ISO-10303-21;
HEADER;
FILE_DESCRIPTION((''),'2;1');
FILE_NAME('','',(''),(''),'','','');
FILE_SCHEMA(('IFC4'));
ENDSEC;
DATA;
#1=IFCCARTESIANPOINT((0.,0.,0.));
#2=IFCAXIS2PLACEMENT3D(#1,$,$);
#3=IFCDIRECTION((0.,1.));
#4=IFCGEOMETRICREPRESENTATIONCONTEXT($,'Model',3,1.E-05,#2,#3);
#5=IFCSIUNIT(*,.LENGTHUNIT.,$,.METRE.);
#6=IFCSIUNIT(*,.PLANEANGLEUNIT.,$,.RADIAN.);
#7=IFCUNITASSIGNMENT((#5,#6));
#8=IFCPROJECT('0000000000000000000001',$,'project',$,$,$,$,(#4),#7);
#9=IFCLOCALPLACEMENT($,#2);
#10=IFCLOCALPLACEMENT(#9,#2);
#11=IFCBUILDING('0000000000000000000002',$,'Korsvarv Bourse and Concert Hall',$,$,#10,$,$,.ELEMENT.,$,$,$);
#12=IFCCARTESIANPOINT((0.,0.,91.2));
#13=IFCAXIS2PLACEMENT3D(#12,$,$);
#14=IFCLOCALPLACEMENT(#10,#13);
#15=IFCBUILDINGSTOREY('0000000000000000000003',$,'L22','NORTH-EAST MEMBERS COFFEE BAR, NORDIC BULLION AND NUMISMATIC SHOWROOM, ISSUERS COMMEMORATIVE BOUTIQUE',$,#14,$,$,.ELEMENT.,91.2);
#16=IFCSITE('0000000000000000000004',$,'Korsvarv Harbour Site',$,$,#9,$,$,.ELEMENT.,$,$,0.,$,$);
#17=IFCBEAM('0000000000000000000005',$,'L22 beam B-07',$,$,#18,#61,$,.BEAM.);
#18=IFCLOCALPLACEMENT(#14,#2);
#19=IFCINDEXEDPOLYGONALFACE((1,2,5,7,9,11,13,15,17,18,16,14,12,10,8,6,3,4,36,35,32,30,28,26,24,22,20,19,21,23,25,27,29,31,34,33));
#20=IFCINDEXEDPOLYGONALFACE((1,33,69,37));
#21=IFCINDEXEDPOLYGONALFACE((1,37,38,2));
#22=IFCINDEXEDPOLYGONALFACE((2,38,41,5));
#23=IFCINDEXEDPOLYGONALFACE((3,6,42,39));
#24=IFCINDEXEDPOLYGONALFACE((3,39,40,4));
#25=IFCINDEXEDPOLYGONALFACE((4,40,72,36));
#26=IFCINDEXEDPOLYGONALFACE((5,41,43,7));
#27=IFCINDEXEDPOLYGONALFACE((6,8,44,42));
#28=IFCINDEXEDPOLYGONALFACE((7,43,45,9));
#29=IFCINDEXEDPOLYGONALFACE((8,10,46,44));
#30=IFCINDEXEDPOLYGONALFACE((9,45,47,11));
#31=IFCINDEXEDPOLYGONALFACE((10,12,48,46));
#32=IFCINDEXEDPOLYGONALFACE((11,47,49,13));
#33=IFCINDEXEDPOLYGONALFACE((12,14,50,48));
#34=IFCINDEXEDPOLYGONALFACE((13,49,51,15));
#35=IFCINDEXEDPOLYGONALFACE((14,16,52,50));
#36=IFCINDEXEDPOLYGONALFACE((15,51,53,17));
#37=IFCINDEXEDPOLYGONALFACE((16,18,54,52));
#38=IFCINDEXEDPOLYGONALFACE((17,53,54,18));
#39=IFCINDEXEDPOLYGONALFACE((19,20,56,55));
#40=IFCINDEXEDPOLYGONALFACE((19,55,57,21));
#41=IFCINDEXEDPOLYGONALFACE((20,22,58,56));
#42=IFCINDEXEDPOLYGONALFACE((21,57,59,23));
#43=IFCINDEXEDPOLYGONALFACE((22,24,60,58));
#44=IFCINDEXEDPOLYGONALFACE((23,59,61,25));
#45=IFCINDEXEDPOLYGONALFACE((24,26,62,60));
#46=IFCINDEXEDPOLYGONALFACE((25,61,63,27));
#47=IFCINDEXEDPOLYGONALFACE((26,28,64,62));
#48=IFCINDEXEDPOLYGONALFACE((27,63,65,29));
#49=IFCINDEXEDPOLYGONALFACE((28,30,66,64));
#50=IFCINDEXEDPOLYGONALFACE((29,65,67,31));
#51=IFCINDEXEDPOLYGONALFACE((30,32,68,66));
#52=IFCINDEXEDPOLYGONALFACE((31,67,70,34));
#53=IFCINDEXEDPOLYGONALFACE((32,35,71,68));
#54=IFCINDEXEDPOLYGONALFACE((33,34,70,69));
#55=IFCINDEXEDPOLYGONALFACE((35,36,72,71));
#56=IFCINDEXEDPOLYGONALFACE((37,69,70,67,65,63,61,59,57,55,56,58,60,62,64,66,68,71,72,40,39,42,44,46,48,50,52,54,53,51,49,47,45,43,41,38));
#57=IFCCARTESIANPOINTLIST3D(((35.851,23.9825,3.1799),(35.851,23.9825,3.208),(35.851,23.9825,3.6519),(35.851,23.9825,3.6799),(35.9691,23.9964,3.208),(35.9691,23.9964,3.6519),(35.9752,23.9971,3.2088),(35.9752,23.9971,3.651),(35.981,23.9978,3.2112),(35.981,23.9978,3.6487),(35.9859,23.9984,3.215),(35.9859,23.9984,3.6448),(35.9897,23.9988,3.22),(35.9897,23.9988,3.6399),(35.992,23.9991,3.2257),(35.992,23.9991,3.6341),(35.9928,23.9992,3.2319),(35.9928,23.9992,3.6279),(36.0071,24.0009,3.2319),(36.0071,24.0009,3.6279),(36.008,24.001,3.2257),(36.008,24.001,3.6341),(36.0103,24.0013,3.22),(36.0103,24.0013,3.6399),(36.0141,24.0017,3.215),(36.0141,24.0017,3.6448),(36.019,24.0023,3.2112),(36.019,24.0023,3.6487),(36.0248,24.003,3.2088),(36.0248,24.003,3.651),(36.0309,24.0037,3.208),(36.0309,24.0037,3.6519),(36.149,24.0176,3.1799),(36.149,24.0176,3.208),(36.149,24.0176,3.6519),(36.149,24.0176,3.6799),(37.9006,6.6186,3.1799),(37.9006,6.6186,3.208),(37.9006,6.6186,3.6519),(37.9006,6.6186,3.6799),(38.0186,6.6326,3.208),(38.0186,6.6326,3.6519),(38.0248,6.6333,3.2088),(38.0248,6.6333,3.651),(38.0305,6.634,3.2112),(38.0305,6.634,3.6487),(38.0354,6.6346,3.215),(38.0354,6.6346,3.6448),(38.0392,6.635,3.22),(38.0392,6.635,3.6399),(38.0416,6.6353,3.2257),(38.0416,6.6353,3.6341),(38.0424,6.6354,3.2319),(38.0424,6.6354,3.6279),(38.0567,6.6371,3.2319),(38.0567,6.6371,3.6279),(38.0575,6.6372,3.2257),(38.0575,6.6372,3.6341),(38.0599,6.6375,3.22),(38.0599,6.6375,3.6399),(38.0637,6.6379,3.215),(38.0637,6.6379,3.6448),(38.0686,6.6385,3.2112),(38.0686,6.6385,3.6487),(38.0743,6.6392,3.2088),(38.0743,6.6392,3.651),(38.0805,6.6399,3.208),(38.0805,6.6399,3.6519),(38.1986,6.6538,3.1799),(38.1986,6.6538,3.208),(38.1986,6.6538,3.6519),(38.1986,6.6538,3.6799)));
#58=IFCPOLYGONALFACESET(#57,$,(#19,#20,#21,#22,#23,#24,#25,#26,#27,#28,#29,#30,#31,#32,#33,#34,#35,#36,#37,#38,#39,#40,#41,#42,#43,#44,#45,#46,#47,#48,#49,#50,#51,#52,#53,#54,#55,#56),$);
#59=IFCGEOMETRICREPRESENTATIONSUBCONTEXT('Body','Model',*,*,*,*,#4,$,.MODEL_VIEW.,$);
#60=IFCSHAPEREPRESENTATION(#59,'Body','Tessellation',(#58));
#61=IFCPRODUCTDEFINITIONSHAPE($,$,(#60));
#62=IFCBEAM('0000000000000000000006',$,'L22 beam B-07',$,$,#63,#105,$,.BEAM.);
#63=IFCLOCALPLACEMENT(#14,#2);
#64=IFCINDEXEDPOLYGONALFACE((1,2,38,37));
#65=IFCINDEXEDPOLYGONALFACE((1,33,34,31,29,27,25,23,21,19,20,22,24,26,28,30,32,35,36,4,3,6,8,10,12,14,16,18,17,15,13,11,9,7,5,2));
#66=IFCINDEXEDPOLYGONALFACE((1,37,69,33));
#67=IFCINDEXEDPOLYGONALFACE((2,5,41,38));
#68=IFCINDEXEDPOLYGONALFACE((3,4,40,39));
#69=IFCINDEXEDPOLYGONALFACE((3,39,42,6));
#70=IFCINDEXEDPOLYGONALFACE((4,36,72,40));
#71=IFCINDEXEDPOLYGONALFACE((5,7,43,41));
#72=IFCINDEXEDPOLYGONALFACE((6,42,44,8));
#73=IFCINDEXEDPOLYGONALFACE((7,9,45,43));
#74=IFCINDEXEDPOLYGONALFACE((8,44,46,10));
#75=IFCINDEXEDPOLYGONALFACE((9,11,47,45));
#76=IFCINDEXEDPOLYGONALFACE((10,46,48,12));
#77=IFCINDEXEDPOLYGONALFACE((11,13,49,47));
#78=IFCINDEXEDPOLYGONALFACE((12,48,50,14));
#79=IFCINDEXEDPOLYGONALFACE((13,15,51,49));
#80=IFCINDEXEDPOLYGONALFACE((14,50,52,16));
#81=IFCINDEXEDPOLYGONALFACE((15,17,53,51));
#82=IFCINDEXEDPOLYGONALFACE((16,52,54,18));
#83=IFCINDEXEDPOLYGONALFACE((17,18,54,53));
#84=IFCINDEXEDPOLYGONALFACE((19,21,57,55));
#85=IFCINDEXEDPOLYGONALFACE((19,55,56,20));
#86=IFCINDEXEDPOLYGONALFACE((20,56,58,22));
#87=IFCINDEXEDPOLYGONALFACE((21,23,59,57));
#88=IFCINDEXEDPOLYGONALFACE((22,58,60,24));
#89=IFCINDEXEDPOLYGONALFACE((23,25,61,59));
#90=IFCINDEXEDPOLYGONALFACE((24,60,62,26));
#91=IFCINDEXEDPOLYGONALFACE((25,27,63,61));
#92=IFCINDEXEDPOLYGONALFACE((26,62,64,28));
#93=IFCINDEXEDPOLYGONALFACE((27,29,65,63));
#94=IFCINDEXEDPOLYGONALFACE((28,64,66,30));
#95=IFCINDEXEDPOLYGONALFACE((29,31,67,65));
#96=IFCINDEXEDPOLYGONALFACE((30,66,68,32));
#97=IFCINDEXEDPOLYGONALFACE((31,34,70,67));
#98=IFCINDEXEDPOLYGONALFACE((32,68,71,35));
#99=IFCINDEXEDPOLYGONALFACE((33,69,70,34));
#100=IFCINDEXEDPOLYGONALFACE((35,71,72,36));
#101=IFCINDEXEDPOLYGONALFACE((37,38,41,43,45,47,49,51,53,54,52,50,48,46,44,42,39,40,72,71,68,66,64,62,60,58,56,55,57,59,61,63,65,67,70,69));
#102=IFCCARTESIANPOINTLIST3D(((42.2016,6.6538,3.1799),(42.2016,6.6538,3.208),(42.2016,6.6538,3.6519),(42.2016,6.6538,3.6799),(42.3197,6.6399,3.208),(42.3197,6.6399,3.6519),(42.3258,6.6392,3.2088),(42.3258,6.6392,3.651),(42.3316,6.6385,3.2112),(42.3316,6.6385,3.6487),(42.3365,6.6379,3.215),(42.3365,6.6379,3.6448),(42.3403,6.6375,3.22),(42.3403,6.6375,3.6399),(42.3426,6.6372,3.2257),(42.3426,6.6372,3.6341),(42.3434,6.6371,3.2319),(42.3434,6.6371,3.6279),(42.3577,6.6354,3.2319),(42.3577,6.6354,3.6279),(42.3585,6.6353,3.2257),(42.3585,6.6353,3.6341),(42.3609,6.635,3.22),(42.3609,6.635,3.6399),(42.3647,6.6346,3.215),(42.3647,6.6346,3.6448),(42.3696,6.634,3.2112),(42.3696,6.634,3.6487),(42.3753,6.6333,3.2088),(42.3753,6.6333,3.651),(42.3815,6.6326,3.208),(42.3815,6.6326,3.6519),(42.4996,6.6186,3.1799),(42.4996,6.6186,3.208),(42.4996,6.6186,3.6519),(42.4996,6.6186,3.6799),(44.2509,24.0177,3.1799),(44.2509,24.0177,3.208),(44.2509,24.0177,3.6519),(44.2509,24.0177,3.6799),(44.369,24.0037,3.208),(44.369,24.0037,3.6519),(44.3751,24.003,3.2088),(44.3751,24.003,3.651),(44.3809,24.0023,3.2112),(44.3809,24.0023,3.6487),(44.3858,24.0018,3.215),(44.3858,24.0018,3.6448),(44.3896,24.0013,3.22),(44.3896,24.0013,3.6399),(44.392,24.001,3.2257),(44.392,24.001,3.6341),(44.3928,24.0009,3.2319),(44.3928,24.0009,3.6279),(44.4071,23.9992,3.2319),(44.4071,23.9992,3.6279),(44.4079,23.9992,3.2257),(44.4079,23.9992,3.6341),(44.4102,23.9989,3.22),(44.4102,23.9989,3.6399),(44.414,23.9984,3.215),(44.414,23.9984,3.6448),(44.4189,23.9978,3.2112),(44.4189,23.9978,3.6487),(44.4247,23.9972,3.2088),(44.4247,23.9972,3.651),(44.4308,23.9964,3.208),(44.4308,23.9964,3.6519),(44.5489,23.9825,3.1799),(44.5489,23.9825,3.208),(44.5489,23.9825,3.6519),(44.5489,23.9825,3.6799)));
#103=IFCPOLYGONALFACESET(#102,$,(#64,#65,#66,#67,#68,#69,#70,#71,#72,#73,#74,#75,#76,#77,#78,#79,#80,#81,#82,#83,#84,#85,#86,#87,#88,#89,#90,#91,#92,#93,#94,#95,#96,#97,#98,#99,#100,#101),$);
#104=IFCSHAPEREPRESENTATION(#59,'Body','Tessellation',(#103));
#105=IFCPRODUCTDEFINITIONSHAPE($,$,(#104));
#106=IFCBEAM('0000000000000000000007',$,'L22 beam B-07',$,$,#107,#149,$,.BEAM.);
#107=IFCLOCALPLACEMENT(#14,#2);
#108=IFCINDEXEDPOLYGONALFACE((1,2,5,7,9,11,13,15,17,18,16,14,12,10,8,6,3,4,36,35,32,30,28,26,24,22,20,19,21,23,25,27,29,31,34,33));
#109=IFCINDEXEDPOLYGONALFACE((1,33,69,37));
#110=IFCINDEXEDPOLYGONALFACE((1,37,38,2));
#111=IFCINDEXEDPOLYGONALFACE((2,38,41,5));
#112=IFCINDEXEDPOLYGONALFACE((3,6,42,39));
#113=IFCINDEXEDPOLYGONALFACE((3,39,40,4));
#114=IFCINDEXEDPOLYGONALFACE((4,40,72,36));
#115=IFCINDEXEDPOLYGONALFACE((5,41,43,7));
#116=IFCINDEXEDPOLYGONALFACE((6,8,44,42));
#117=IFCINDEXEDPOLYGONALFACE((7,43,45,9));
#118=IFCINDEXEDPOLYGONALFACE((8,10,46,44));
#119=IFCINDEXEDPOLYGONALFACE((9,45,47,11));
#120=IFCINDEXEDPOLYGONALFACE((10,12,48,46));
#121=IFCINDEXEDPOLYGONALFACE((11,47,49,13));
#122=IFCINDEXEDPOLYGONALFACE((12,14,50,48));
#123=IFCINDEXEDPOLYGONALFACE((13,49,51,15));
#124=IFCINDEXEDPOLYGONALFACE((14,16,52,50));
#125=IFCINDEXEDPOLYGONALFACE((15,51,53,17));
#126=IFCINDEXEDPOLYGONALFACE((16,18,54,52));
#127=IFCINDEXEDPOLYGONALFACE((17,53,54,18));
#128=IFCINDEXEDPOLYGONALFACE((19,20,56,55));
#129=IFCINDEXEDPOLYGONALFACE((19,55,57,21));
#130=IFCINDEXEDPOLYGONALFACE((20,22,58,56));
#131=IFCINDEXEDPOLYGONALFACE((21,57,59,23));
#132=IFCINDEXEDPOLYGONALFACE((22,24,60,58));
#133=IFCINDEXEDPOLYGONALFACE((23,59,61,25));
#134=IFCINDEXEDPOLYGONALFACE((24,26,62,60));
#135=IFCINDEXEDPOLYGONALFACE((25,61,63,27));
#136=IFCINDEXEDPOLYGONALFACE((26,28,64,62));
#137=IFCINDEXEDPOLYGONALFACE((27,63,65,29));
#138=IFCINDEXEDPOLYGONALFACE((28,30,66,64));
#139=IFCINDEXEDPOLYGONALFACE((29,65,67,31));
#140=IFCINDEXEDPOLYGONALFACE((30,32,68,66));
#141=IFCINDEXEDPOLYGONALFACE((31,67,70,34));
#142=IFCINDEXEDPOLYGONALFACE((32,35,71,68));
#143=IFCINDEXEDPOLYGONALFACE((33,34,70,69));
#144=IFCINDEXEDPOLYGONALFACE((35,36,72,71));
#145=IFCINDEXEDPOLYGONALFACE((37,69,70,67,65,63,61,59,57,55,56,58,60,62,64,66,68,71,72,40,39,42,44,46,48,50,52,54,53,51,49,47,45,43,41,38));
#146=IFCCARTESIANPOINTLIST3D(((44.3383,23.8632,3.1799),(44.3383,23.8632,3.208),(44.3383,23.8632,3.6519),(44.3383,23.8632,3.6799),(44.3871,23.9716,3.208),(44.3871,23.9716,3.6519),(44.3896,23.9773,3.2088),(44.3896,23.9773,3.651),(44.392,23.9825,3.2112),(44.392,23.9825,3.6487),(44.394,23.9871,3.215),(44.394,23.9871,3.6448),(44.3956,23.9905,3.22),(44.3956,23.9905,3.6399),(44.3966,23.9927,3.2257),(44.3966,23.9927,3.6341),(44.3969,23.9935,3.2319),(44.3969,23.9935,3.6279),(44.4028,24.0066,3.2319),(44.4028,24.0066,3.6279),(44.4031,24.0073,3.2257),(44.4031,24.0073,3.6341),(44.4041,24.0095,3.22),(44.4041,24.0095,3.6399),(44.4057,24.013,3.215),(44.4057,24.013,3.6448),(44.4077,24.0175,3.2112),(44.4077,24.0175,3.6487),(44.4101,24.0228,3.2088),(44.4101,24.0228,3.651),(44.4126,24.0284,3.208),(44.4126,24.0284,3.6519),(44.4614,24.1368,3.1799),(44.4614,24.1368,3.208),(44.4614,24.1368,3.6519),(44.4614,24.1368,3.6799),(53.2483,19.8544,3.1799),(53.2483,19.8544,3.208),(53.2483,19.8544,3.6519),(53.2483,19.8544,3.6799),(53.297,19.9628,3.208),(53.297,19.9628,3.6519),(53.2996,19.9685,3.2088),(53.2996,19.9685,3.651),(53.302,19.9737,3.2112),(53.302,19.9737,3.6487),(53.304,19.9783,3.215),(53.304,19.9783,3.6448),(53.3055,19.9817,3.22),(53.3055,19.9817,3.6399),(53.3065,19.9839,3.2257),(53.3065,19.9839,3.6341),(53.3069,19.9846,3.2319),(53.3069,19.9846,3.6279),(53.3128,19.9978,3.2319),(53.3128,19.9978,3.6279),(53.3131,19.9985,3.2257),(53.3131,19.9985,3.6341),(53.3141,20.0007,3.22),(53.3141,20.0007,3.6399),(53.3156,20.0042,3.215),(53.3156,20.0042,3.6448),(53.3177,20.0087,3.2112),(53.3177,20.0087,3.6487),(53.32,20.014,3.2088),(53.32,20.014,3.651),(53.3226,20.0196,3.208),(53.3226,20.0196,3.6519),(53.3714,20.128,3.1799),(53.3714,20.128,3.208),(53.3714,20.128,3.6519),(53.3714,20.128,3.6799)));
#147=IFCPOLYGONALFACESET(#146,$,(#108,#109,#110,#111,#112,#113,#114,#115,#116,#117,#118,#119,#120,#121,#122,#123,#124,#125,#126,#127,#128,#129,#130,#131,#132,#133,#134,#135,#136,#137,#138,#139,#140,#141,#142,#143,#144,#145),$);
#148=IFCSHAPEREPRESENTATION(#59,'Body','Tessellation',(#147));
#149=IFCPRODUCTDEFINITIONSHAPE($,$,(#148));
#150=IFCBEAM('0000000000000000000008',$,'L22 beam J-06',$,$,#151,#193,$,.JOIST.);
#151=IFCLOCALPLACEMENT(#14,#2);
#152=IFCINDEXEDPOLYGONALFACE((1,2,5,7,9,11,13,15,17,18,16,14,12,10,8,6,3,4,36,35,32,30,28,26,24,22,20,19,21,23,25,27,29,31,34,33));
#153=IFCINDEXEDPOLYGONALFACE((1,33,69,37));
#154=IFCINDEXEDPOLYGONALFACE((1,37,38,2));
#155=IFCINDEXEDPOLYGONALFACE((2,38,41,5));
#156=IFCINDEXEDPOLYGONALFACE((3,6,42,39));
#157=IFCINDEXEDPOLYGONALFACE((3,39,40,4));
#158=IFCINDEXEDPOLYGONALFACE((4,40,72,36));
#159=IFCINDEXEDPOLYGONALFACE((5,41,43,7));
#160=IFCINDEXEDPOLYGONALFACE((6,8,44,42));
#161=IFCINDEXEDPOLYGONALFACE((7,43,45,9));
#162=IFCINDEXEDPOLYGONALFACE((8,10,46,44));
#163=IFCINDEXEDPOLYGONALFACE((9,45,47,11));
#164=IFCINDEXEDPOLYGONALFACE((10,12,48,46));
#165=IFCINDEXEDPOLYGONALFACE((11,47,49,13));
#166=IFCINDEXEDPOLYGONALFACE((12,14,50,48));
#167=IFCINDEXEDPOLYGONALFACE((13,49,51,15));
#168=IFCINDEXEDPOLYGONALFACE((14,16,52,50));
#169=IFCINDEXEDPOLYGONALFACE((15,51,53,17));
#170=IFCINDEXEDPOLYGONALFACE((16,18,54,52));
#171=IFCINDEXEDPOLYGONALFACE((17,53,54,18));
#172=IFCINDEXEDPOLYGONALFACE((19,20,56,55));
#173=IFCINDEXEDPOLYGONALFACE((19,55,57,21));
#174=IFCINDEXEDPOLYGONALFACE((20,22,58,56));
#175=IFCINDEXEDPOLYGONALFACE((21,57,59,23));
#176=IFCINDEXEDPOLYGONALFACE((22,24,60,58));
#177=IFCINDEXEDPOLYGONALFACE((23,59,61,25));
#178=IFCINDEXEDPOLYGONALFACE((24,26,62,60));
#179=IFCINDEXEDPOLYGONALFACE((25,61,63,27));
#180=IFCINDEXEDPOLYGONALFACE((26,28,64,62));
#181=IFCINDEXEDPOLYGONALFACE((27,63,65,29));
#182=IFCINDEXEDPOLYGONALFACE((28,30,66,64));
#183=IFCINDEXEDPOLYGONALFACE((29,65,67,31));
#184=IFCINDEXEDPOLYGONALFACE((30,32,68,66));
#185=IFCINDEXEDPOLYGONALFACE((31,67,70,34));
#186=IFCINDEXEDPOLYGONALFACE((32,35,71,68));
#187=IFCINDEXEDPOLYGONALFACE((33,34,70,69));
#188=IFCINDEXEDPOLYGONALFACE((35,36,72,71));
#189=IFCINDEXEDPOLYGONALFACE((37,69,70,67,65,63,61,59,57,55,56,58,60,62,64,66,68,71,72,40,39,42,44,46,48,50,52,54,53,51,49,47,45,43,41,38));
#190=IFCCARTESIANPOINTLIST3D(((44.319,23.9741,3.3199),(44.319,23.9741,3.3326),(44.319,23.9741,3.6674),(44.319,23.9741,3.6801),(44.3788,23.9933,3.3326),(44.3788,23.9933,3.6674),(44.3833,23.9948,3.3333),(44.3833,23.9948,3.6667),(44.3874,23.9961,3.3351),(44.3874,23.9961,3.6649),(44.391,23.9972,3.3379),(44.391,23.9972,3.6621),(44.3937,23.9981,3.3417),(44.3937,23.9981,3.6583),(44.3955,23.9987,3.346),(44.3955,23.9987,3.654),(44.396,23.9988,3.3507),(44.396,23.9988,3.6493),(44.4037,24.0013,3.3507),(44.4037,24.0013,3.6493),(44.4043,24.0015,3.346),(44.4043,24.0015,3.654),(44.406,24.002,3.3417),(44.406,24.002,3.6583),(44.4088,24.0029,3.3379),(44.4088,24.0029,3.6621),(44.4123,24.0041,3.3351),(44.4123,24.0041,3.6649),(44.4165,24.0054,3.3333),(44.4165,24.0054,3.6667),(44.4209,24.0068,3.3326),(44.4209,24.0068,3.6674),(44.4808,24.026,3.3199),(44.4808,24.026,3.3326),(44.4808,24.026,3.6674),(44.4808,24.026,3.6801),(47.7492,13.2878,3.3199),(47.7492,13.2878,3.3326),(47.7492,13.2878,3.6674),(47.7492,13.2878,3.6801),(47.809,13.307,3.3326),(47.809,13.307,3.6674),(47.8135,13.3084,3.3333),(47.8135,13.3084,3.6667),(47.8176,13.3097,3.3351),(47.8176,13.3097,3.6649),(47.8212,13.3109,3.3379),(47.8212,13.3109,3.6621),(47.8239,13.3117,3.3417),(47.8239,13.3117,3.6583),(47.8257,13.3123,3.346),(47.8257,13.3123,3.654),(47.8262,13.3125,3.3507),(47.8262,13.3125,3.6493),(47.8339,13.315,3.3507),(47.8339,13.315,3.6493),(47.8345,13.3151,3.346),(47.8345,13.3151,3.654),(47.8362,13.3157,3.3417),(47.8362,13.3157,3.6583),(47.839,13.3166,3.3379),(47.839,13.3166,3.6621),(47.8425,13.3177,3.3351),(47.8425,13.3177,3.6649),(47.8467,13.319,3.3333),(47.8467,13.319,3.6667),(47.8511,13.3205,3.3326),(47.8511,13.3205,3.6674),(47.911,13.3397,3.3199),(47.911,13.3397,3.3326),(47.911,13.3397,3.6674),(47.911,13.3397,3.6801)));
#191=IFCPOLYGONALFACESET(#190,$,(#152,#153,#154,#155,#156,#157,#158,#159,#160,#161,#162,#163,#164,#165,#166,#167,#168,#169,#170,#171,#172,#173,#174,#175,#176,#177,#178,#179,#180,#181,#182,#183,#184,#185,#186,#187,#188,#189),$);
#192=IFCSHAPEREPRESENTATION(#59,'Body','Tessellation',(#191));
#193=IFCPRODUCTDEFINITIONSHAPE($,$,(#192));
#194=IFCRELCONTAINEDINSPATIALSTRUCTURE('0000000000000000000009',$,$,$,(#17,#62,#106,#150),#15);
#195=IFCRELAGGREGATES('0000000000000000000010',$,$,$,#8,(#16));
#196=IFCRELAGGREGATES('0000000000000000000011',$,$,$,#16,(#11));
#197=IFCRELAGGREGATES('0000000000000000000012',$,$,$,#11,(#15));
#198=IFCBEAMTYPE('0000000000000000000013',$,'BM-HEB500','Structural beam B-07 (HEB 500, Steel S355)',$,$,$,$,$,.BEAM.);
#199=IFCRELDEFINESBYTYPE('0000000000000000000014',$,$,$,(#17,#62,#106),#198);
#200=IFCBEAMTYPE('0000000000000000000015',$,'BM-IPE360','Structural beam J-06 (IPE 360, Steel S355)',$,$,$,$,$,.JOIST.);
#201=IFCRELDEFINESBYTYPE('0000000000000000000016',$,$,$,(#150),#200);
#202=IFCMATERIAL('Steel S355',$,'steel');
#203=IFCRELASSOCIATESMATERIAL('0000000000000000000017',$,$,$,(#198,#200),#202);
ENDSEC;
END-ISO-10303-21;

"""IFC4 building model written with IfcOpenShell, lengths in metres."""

from ifc_helpers import new_model, si_unit, direction, frame, origin, origin_2d, place, context, subcontext, project, spatial, i_section, extrude, source, transform, mapped, material, material_profile, profile_set, type_object, element, save


model = new_model("IFC4")

# Units and contexts
model_context = context("Model", 3, precision=1e-05, world=origin(), true_north=direction((0.0, 1.0)))
body_context = subcontext(model_context, "Body", "Model", "MODEL_VIEW")
ifc_project = project(units=[si_unit("LENGTHUNIT", "METRE"), si_unit("PLANEANGLEUNIT", "RADIAN")], contexts=[model_context])

# Site, building, storey
site_placement = place(None, origin())
site = spatial("IfcSite", under=ifc_project, at=site_placement, Name="Korsvarv Harbour Site", CompositionType="ELEMENT", RefElevation=0.0)
building_placement = place(site_placement, origin())
building = spatial("IfcBuilding", under=site, at=building_placement, Name="Korsvarv Bourse and Concert Hall", CompositionType="ELEMENT")
storey_placement = place(building_placement, frame((0.0, 0.0, 91.2)))
storey = spatial("IfcBuildingStorey", under=building, at=storey_placement, Name="L22", Description="NORTH-EAST MEMBERS COFFEE BAR, NORDIC BULLION AND NUMISMATIC SHOWROOM, ISSUERS COMMEMORATIVE BOUTIQUE", CompositionType="ELEMENT", Elevation=91.2)

# Beams
ifc_material_1 = material(Name="Steel S355", Category="steel")
ifc_material_profile_1 = material_profile(ifc_material_1, i_section(OverallWidth=0.3, OverallDepth=0.5, WebThickness=0.0144, FlangeThickness=0.0281, FilletRadius=0.0239, at=origin_2d()), Name="HEB 500")
ifc_profile_set_1 = profile_set([ifc_material_profile_1], Name="Steel S355")
beam_type_1 = type_object("IfcBeamType", Name="BM-HEB500", Description="Structural beam B-07 (HEB 500, Steel S355)", PredefinedType="BEAM", material=ifc_profile_set_1)
shared_shape_1 = source(origin(), body_context, "Body", "SweptSolid", [
    extrude(i_section(OverallWidth=0.3, OverallDepth=0.5, WebThickness=0.0144, FlangeThickness=0.0281, FilletRadius=0.0239, at=origin_2d()), origin(), (0.0, 0.0, 1.0), 17.4844),
])
for number, where, z_axis, x_axis, name in (
    (1, (38.0496, 6.6362, 3.4299), (-0.117223, 0.993106, 0.0), (-0.993106, -0.117223, 0.0), "L22 beam B-07"),
    (2, (42.3506, 6.6362, 3.4299), (0.117209, 0.993107, 0.0), (-0.993107, 0.117209, 0.0), "L22 beam B-07"),
):
    element("IfcBeam", number, at=place(storey_placement, frame(where, z_axis=z_axis, x_axis=x_axis)), inside=storey, type_object=beam_type_1, Name=name, PredefinedType="BEAM", context=body_context, shape_type="MappedRepresentation", body=[
        mapped(shared_shape_1, transform((0.0, 0.0, 0.0), scale=1.0)),
    ])
shared_shape_2 = source(origin(), body_context, "Body", "SweptSolid", [
    extrude(i_section(OverallWidth=0.3, OverallDepth=0.5, WebThickness=0.0144, FlangeThickness=0.0281, FilletRadius=0.0239, at=origin_2d()), origin(), (0.0, 0.0, 1.0), 9.7703),
])
beam_1_placement = place(storey_placement, frame((53.3098, 19.9912, 3.4299), z_axis=(-0.911947, 0.410308, 0.0), x_axis=(-0.410308, -0.911947, 0.0)))
element("IfcBeam", 3, at=beam_1_placement, inside=storey, type_object=beam_type_1, Name="L22 beam B-07", PredefinedType="BEAM", context=body_context, shape_type="MappedRepresentation", body=[
    mapped(shared_shape_2, transform((0.0, 0.0, 0.0), scale=1.0)),
])
ifc_material_profile_2 = material_profile(ifc_material_1, i_section(OverallWidth=0.1699, OverallDepth=0.3601, WebThickness=0.0081, FlangeThickness=0.0127, FilletRadius=0.0181, at=origin_2d()), Name="IPE 360")
ifc_profile_set_2 = profile_set([ifc_material_profile_2], Name="Steel S355")
beam_type_2 = type_object("IfcBeamType", Name="BM-IPE360", Description="Structural beam J-06 (IPE 360, Steel S355)", PredefinedType="JOIST", material=ifc_profile_set_2)
shared_shape_3 = source(origin(), body_context, "Body", "SweptSolid", [
    extrude(i_section(OverallWidth=0.1699, OverallDepth=0.3601, WebThickness=0.0081, FlangeThickness=0.0127, FilletRadius=0.0181, at=origin_2d()), origin(), (0.0, 0.0, 1.0), 11.2234),
])
beam_2_placement = place(storey_placement, frame((47.8301, 13.3137, 3.5), z_axis=(-0.30563, 0.95215, 0.0), x_axis=(-0.95215, -0.30563, 0.0)))
element("IfcBeam", 4, at=beam_2_placement, inside=storey, type_object=beam_type_2, Name="L22 beam J-06", PredefinedType="JOIST", context=body_context, shape_type="MappedRepresentation", body=[
    mapped(shared_shape_3, transform((0.0, 0.0, 0.0), scale=1.0)),
])

save(model, "model.ifc")
